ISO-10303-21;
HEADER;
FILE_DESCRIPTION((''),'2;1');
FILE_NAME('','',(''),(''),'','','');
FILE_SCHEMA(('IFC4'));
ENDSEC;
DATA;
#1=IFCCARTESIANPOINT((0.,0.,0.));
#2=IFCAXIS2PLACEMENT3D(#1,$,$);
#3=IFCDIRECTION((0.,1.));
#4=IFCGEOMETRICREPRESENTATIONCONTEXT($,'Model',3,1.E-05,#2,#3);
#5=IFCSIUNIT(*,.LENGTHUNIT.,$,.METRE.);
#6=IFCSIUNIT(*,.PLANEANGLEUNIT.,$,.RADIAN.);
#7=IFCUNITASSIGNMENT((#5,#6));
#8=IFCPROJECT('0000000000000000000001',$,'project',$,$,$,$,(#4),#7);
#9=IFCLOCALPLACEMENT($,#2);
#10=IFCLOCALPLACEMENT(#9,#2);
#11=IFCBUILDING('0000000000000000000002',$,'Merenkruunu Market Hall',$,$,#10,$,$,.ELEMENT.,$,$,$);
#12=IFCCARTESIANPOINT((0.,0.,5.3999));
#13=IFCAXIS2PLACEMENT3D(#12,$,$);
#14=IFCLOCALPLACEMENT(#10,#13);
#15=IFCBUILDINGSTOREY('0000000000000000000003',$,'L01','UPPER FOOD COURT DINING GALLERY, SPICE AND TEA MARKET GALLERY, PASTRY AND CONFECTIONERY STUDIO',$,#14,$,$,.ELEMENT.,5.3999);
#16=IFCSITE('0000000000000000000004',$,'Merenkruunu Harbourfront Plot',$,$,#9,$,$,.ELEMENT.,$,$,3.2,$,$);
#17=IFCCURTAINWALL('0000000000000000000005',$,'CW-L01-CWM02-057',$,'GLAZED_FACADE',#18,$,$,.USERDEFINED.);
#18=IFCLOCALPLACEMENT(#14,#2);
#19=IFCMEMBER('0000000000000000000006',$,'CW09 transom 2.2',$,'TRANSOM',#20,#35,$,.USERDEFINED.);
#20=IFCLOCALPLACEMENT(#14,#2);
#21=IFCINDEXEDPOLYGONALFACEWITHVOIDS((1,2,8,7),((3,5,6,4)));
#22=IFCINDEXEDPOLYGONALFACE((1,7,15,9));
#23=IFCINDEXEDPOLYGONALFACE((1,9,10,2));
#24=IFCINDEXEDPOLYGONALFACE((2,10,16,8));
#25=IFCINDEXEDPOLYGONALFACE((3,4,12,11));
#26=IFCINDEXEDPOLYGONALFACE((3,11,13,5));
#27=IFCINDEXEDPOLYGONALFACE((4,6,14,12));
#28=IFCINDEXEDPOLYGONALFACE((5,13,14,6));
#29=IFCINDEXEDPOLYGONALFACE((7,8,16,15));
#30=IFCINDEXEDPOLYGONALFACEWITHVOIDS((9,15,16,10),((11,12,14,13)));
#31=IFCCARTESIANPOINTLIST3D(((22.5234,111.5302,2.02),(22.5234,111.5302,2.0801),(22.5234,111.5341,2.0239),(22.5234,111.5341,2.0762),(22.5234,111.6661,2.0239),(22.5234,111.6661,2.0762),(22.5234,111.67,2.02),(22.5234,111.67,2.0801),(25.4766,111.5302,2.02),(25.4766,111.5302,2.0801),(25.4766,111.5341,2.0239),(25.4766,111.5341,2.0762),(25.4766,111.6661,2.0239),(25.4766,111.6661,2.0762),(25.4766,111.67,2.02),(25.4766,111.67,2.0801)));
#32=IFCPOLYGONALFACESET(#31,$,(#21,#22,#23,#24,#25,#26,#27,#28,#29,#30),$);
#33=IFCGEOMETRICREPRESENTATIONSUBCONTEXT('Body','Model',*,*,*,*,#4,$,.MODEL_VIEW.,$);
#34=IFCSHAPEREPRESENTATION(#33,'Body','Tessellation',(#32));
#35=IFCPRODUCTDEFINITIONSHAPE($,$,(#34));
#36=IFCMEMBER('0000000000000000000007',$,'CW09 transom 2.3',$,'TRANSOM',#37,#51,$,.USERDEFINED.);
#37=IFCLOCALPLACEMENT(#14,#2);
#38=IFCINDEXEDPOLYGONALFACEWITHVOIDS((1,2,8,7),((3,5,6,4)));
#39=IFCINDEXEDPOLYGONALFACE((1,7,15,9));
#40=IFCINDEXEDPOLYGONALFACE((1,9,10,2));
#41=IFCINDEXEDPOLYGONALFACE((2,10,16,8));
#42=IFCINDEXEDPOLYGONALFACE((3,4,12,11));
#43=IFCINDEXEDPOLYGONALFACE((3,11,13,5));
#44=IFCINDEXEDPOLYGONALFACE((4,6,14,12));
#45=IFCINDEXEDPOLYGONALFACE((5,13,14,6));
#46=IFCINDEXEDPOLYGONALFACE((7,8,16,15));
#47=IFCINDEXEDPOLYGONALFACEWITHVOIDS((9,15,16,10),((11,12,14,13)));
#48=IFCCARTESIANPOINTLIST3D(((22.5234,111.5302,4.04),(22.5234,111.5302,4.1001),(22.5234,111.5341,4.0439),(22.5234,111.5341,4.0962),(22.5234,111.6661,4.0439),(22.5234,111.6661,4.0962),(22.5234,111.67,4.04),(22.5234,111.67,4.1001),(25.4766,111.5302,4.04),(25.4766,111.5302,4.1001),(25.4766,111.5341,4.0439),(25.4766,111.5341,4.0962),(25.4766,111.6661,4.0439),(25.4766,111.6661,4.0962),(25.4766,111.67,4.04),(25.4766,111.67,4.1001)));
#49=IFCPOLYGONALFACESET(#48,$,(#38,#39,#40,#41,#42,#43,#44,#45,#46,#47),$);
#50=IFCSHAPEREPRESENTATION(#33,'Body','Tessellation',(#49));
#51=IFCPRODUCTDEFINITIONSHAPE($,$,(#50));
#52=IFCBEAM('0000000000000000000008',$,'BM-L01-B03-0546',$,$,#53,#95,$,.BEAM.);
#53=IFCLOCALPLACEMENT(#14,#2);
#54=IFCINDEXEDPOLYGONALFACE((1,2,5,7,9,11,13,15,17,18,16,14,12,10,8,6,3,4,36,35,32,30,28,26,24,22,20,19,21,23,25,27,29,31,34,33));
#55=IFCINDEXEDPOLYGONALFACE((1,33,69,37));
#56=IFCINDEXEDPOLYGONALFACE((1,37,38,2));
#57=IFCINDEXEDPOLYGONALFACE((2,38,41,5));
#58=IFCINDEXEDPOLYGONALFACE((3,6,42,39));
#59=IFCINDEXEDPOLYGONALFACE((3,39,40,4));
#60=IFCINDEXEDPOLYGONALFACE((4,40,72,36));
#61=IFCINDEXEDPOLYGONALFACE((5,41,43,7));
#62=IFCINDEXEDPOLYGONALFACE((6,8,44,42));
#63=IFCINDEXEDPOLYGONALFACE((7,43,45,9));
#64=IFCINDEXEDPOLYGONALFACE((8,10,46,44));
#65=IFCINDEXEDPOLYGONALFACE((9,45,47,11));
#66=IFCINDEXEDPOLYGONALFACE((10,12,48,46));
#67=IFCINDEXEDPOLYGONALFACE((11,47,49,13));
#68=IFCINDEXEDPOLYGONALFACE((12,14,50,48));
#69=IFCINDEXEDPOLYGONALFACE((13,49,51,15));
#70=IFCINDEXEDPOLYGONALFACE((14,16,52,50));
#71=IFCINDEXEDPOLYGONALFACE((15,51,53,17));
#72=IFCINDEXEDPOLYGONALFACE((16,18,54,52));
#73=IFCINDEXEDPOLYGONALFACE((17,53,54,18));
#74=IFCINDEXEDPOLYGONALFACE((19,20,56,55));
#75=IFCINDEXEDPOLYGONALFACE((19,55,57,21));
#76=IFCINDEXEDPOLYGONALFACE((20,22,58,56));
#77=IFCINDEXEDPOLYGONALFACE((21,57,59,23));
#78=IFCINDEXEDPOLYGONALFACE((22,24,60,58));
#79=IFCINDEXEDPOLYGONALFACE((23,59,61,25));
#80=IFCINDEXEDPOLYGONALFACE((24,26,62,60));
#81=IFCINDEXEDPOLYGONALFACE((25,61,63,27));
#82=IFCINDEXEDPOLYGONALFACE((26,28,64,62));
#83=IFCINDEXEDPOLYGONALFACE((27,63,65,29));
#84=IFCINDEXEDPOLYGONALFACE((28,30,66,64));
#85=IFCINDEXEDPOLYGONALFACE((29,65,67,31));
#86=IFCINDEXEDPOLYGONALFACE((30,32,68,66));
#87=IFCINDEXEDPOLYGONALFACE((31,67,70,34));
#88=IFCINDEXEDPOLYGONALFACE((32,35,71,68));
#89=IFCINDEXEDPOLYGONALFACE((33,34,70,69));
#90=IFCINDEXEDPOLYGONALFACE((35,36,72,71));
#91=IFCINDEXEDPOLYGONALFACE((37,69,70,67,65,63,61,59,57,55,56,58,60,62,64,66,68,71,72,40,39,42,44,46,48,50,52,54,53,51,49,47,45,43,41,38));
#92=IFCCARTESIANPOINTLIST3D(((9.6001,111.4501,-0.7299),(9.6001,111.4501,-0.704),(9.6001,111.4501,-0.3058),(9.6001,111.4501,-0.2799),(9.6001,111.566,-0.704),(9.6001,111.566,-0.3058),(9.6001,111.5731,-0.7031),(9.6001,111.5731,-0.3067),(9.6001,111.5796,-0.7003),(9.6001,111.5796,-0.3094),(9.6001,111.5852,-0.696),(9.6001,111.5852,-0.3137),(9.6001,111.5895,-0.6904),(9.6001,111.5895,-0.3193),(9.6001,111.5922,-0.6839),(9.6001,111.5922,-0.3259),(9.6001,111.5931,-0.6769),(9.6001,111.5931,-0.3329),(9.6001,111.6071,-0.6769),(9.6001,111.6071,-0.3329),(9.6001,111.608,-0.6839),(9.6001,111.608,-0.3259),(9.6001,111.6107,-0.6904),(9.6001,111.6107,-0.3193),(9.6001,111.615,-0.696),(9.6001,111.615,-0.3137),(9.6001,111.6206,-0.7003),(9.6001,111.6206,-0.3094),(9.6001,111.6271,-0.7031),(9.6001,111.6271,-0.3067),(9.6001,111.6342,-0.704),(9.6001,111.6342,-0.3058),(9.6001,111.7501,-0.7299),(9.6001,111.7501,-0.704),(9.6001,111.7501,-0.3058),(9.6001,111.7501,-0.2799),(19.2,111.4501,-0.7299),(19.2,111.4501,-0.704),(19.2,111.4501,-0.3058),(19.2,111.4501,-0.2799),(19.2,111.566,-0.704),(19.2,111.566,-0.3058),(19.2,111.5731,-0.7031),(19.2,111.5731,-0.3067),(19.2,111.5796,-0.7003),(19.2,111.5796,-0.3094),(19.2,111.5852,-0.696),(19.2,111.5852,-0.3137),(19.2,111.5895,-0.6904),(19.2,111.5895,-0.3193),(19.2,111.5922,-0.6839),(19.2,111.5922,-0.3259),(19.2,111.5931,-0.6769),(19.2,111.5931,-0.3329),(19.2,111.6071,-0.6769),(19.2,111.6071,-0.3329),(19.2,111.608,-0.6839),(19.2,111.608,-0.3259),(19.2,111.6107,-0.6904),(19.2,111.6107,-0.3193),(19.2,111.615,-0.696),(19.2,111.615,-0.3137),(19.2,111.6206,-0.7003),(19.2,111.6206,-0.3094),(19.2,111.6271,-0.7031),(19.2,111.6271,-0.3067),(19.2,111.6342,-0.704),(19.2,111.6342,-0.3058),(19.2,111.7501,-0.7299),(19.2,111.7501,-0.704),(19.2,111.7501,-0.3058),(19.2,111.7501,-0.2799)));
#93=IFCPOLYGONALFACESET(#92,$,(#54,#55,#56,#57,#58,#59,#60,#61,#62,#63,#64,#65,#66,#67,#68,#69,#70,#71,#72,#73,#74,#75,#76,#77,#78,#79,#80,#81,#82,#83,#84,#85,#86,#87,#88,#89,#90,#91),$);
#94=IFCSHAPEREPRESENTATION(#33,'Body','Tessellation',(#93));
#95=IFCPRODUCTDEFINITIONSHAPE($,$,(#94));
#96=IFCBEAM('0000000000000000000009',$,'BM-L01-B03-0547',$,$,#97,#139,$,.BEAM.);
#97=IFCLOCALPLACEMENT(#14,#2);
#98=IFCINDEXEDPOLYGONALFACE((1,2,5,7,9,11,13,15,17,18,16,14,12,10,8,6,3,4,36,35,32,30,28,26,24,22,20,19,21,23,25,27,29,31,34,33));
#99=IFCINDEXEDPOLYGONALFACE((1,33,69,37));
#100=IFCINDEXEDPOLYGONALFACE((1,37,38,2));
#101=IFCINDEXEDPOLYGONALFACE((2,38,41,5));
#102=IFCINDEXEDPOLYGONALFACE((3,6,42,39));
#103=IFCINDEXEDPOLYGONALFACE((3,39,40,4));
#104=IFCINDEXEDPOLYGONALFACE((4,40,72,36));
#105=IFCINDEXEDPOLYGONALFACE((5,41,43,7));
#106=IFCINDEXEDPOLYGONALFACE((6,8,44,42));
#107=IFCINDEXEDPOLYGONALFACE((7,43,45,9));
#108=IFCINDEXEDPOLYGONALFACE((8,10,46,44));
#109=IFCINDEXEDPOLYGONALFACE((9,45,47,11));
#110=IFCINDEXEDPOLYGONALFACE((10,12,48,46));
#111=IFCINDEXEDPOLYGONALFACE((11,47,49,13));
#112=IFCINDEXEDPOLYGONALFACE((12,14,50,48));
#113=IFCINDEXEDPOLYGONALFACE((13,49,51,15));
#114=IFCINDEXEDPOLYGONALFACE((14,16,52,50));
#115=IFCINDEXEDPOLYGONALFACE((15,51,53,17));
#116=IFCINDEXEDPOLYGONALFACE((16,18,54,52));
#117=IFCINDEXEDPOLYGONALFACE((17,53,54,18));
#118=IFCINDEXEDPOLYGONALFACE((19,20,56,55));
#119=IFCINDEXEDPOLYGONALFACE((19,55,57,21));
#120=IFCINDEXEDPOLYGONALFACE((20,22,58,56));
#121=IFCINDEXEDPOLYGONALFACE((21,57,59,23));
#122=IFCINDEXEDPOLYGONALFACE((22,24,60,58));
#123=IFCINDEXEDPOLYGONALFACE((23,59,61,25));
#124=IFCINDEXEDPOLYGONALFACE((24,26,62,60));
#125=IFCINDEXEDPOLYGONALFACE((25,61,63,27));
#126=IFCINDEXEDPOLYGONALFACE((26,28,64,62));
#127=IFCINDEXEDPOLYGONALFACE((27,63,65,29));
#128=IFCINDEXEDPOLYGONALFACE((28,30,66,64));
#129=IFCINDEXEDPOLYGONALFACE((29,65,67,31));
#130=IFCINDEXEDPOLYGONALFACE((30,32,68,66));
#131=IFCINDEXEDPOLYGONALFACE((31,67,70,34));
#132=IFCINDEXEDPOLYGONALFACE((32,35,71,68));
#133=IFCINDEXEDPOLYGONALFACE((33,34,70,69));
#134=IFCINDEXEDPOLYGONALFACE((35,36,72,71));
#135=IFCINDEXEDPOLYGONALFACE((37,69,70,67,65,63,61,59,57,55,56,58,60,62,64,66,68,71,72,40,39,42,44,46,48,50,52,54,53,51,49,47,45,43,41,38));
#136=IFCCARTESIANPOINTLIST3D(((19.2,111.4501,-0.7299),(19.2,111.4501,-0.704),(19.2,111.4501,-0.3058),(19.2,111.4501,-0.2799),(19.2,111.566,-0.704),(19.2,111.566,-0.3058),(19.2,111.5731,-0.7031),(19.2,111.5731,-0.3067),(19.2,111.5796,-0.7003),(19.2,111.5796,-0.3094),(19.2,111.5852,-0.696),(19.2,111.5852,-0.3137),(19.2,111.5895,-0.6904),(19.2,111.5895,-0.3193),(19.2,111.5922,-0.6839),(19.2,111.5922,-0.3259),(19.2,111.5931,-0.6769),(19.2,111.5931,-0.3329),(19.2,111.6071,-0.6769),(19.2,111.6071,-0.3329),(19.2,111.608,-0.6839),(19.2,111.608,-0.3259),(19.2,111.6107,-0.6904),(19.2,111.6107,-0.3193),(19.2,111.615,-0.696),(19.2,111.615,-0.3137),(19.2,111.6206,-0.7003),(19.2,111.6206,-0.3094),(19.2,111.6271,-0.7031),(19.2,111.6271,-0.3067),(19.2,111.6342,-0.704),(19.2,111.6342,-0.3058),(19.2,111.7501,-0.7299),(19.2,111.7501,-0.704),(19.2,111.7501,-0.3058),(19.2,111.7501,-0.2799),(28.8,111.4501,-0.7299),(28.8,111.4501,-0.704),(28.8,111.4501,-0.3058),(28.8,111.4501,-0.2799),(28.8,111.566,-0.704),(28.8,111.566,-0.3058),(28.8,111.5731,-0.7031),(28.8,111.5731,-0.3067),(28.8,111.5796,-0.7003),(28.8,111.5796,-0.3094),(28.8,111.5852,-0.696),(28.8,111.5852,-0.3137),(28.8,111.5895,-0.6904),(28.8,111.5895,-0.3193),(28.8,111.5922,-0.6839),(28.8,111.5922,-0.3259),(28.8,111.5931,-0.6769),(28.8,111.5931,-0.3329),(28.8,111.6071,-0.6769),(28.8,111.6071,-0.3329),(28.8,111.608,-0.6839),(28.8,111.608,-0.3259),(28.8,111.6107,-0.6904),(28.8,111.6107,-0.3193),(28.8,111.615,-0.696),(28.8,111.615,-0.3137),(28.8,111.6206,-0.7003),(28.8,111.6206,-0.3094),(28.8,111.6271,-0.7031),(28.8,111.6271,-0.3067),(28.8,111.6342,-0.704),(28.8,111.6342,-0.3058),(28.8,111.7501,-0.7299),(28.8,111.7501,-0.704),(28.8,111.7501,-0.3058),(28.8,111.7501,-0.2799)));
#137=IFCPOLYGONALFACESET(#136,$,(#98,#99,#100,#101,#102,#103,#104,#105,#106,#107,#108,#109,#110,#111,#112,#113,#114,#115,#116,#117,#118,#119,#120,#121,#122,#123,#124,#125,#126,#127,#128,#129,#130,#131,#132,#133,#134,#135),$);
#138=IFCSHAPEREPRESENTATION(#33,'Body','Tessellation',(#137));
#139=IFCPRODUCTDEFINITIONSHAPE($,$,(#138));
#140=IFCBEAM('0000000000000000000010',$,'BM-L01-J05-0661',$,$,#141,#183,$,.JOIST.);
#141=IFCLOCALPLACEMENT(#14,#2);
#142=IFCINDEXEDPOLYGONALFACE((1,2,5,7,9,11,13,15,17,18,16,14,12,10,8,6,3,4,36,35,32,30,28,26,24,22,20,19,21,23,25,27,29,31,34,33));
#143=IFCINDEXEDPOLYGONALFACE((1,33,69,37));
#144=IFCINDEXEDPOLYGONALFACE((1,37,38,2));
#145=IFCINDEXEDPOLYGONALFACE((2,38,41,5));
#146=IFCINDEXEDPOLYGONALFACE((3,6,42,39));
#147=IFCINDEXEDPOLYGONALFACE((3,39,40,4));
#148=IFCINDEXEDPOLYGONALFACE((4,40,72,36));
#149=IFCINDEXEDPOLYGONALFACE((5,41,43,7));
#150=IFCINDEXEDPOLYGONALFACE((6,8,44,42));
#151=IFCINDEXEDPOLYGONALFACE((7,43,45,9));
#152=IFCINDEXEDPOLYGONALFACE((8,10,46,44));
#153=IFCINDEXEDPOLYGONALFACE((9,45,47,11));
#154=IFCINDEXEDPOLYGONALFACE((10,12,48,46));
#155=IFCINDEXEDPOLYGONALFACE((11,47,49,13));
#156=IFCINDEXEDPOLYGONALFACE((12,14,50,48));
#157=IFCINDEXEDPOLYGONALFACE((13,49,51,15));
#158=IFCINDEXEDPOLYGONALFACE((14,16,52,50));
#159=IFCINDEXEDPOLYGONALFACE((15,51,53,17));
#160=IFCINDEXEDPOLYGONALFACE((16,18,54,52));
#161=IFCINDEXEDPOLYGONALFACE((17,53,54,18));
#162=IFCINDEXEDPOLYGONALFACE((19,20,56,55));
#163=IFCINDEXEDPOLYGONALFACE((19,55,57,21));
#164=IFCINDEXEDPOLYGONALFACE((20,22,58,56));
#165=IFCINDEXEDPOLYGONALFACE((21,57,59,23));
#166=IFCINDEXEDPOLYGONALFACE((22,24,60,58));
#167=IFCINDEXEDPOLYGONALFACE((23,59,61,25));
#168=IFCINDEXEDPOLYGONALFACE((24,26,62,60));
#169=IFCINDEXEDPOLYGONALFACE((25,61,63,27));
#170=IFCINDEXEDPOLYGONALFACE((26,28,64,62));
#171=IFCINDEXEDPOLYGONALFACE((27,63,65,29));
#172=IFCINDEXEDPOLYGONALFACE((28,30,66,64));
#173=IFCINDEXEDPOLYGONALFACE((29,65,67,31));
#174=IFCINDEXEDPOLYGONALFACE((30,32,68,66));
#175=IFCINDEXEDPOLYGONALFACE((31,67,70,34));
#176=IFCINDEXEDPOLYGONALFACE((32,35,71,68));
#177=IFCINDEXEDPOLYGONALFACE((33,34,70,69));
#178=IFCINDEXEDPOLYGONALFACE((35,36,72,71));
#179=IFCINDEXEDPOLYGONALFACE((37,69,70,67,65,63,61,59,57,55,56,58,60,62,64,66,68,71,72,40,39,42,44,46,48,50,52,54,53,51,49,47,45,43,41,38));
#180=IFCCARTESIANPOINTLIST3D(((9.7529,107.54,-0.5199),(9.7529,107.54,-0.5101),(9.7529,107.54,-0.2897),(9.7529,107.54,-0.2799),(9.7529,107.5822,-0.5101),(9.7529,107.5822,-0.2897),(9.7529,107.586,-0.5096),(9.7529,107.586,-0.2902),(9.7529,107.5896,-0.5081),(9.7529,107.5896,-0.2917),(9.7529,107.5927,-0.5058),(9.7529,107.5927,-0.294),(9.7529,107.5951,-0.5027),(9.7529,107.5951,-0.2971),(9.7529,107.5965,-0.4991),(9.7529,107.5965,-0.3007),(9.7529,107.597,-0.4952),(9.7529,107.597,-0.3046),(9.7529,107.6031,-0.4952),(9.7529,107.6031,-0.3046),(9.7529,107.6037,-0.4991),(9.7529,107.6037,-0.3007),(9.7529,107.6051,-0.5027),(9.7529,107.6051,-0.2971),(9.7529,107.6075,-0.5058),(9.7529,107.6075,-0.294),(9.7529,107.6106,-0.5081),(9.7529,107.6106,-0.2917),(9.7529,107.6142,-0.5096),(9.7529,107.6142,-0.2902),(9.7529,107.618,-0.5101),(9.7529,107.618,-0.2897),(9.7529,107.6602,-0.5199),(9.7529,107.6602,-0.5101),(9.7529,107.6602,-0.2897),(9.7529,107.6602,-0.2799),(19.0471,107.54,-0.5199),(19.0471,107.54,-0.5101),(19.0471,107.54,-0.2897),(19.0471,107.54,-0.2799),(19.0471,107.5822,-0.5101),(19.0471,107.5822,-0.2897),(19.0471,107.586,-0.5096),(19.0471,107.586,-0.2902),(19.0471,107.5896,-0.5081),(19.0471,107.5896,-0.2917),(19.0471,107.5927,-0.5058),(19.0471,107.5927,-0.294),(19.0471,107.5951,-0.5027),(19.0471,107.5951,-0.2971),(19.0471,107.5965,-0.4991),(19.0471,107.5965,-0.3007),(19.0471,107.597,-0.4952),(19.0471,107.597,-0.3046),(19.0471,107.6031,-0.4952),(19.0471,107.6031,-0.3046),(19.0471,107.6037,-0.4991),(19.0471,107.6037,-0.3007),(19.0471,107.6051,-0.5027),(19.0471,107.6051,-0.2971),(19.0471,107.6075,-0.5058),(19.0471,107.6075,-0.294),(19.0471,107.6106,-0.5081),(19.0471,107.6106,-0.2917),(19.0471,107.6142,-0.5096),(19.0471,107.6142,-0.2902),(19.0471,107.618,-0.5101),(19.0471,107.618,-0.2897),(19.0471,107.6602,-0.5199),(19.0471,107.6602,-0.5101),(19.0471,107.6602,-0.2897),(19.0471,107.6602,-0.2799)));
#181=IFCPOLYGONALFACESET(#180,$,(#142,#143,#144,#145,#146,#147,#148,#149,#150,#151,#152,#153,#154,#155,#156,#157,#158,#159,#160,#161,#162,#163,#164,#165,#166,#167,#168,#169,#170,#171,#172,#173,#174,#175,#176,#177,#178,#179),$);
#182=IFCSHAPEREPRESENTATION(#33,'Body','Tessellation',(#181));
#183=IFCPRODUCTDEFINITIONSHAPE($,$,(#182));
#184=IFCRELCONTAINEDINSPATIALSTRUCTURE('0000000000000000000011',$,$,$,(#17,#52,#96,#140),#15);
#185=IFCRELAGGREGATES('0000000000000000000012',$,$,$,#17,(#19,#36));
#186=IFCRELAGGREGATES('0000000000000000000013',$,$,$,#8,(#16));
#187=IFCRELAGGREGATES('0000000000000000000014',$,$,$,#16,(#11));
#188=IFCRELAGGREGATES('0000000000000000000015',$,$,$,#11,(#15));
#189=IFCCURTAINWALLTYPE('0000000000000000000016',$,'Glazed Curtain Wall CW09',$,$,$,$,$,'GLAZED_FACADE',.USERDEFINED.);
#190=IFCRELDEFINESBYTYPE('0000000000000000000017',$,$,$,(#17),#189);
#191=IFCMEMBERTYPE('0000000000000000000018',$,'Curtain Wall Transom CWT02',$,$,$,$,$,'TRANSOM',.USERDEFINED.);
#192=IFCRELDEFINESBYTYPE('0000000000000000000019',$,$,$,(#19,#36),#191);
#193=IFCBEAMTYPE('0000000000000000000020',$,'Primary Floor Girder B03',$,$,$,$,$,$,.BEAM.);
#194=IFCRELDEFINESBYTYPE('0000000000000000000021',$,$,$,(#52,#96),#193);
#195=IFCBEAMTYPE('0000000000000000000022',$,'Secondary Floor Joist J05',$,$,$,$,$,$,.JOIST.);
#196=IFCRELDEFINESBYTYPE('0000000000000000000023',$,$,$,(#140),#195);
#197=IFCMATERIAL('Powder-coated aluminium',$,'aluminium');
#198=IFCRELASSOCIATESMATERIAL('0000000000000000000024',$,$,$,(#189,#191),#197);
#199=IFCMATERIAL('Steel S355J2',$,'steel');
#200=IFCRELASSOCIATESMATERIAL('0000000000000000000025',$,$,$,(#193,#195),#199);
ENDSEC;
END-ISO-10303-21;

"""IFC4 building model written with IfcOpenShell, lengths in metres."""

from ifc_helpers import new_model, si_unit, direction, frame, origin, origin_2d, place, context, subcontext, project, spatial, hollow_rectangle, i_section, extrude, material, material_profile, profile_set, type_object, element, aggregate, save


model = new_model("IFC4")

# Units and contexts
model_context = context("Model", 3, precision=1e-05, world=origin(), true_north=direction((0.0, 1.0)))
body_context = subcontext(model_context, "Body", "Model", "MODEL_VIEW")
ifc_project = project(units=[si_unit("LENGTHUNIT", "METRE"), si_unit("PLANEANGLEUNIT", "RADIAN")], contexts=[model_context])

# Site, building, storey
site_placement = place(None, origin())
site = spatial("IfcSite", under=ifc_project, at=site_placement, Name="Merenkruunu Harbourfront Plot", CompositionType="ELEMENT", RefElevation=3.2)
building_placement = place(site_placement, origin())
building = spatial("IfcBuilding", under=site, at=building_placement, Name="Merenkruunu Market Hall", CompositionType="ELEMENT")
storey_placement = place(building_placement, frame((0.0, 0.0, 5.3999)))
storey = spatial("IfcBuildingStorey", under=building, at=storey_placement, Name="L01", Description="UPPER FOOD COURT DINING GALLERY, SPICE AND TEA MARKET GALLERY, PASTRY AND CONFECTIONERY STUDIO", CompositionType="ELEMENT", Elevation=5.3999)

# Shared definitions
ifc_material_1 = material(Name="Steel S355J2", Category="steel")

# Curtain wall
ifc_material_2 = material(Name="Powder-coated aluminium", Category="aluminium")
curtain_wall_type = type_object("IfcCurtainWallType", Name="Glazed Curtain Wall CW09", ElementType="GLAZED_FACADE", PredefinedType="USERDEFINED", material=ifc_material_2)
curtain_wall_1_placement = place(storey_placement, origin())
curtain_wall_1 = element("IfcCurtainWall", 1, at=curtain_wall_1_placement, inside=storey, type_object=curtain_wall_type, Name="CW-L01-CWM02-057", ObjectType="GLAZED_FACADE", PredefinedType="USERDEFINED")

# Members
ifc_material_profile_1 = material_profile(ifc_material_2, hollow_rectangle(XDim=0.0601, YDim=0.1399, WallThickness=0.0039, at=origin_2d()), Name="ALU 60x140x4")
ifc_profile_set_1 = profile_set([ifc_material_profile_1], Name="Powder-coated aluminium")
member_type_1 = type_object("IfcMemberType", Name="Curtain Wall Transom CWT02", ElementType="TRANSOM", PredefinedType="USERDEFINED", material=ifc_profile_set_1)
member_1_placement = place(storey_placement, frame((22.5234, 111.6001, 2.05), z_axis=(1.0, 0.0, 0.0), x_axis=(0.0, 0.0, 1.0)))
member_1 = element("IfcMember", 2, at=member_1_placement, type_object=member_type_1, Name="CW09 transom 2.2", ObjectType="TRANSOM", PredefinedType="USERDEFINED", context=body_context, shape_type="SweptSolid", body=[
    extrude(hollow_rectangle(XDim=0.0601, YDim=0.1399, WallThickness=0.0039, at=origin_2d()), origin(), (0.0, 0.0, 1.0), 2.9531),
])
member_2_placement = place(storey_placement, frame((22.5234, 111.6001, 4.0701), z_axis=(1.0, 0.0, 0.0), x_axis=(0.0, 0.0, 1.0)))
member_2 = element("IfcMember", 3, at=member_2_placement, type_object=member_type_1, Name="CW09 transom 2.3", ObjectType="TRANSOM", PredefinedType="USERDEFINED", context=body_context, shape_type="SweptSolid", body=[
    extrude(hollow_rectangle(XDim=0.0601, YDim=0.1399, WallThickness=0.0039, at=origin_2d()), origin(), (0.0, 0.0, 1.0), 2.9531),
])

# Beams
ifc_material_profile_2 = material_profile(ifc_material_1, i_section(OverallWidth=0.3, OverallDepth=0.45, WebThickness=0.0139, FlangeThickness=0.0259, FilletRadius=0.0271, at=origin_2d()), Name="HEB 450")
ifc_profile_set_2 = profile_set([ifc_material_profile_2], Name="Steel S355J2")
beam_type_1 = type_object("IfcBeamType", Name="Primary Floor Girder B03", PredefinedType="BEAM", material=ifc_profile_set_2)
beam_1_placement = place(storey_placement, frame((9.6001, 111.6001, -0.5049), z_axis=(1.0, 0.0, 0.0), x_axis=(0.0, 1.0, 0.0)))
element("IfcBeam", 4, at=beam_1_placement, inside=storey, type_object=beam_type_1, Name="BM-L01-B03-0546", PredefinedType="BEAM", context=body_context, shape_type="SweptSolid", body=[
    extrude(i_section(OverallWidth=0.3, OverallDepth=0.45, WebThickness=0.0139, FlangeThickness=0.0259, FilletRadius=0.0271, at=origin_2d()), origin(), (0.0, 0.0, 1.0), 9.5999),
])
beam_2_placement = place(storey_placement, frame((19.2, 111.6001, -0.5049), z_axis=(1.0, 0.0, 0.0), x_axis=(0.0, 1.0, 0.0)))
element("IfcBeam", 5, at=beam_2_placement, inside=storey, type_object=beam_type_1, Name="BM-L01-B03-0547", PredefinedType="BEAM", context=body_context, shape_type="SweptSolid", body=[
    extrude(i_section(OverallWidth=0.3, OverallDepth=0.45, WebThickness=0.0139, FlangeThickness=0.0259, FilletRadius=0.0271, at=origin_2d()), origin(), (0.0, 0.0, 1.0), 9.6001),
])
ifc_material_profile_3 = material_profile(ifc_material_1, i_section(OverallWidth=0.1201, OverallDepth=0.24, WebThickness=0.0061, FlangeThickness=0.0098, FilletRadius=0.0149, at=origin_2d()), Name="IPE 240")
ifc_profile_set_3 = profile_set([ifc_material_profile_3], Name="Steel S355J2")
beam_type_2 = type_object("IfcBeamType", Name="Secondary Floor Joist J05", PredefinedType="JOIST", material=ifc_profile_set_3)
beam_3_placement = place(storey_placement, frame((9.7529, 107.6001, -0.3999), z_axis=(1.0, 0.0, 0.0), x_axis=(0.0, 1.0, 0.0)))
element("IfcBeam", 6, at=beam_3_placement, inside=storey, type_object=beam_type_2, Name="BM-L01-J05-0661", PredefinedType="JOIST", context=body_context, shape_type="SweptSolid", body=[
    extrude(i_section(OverallWidth=0.1201, OverallDepth=0.24, WebThickness=0.0061, FlangeThickness=0.0098, FilletRadius=0.0149, at=origin_2d()), origin(), (0.0, 0.0, 1.0), 9.2942),
])

aggregate(curtain_wall_1, [member_1, member_2])

save(model, "model.ifc")
